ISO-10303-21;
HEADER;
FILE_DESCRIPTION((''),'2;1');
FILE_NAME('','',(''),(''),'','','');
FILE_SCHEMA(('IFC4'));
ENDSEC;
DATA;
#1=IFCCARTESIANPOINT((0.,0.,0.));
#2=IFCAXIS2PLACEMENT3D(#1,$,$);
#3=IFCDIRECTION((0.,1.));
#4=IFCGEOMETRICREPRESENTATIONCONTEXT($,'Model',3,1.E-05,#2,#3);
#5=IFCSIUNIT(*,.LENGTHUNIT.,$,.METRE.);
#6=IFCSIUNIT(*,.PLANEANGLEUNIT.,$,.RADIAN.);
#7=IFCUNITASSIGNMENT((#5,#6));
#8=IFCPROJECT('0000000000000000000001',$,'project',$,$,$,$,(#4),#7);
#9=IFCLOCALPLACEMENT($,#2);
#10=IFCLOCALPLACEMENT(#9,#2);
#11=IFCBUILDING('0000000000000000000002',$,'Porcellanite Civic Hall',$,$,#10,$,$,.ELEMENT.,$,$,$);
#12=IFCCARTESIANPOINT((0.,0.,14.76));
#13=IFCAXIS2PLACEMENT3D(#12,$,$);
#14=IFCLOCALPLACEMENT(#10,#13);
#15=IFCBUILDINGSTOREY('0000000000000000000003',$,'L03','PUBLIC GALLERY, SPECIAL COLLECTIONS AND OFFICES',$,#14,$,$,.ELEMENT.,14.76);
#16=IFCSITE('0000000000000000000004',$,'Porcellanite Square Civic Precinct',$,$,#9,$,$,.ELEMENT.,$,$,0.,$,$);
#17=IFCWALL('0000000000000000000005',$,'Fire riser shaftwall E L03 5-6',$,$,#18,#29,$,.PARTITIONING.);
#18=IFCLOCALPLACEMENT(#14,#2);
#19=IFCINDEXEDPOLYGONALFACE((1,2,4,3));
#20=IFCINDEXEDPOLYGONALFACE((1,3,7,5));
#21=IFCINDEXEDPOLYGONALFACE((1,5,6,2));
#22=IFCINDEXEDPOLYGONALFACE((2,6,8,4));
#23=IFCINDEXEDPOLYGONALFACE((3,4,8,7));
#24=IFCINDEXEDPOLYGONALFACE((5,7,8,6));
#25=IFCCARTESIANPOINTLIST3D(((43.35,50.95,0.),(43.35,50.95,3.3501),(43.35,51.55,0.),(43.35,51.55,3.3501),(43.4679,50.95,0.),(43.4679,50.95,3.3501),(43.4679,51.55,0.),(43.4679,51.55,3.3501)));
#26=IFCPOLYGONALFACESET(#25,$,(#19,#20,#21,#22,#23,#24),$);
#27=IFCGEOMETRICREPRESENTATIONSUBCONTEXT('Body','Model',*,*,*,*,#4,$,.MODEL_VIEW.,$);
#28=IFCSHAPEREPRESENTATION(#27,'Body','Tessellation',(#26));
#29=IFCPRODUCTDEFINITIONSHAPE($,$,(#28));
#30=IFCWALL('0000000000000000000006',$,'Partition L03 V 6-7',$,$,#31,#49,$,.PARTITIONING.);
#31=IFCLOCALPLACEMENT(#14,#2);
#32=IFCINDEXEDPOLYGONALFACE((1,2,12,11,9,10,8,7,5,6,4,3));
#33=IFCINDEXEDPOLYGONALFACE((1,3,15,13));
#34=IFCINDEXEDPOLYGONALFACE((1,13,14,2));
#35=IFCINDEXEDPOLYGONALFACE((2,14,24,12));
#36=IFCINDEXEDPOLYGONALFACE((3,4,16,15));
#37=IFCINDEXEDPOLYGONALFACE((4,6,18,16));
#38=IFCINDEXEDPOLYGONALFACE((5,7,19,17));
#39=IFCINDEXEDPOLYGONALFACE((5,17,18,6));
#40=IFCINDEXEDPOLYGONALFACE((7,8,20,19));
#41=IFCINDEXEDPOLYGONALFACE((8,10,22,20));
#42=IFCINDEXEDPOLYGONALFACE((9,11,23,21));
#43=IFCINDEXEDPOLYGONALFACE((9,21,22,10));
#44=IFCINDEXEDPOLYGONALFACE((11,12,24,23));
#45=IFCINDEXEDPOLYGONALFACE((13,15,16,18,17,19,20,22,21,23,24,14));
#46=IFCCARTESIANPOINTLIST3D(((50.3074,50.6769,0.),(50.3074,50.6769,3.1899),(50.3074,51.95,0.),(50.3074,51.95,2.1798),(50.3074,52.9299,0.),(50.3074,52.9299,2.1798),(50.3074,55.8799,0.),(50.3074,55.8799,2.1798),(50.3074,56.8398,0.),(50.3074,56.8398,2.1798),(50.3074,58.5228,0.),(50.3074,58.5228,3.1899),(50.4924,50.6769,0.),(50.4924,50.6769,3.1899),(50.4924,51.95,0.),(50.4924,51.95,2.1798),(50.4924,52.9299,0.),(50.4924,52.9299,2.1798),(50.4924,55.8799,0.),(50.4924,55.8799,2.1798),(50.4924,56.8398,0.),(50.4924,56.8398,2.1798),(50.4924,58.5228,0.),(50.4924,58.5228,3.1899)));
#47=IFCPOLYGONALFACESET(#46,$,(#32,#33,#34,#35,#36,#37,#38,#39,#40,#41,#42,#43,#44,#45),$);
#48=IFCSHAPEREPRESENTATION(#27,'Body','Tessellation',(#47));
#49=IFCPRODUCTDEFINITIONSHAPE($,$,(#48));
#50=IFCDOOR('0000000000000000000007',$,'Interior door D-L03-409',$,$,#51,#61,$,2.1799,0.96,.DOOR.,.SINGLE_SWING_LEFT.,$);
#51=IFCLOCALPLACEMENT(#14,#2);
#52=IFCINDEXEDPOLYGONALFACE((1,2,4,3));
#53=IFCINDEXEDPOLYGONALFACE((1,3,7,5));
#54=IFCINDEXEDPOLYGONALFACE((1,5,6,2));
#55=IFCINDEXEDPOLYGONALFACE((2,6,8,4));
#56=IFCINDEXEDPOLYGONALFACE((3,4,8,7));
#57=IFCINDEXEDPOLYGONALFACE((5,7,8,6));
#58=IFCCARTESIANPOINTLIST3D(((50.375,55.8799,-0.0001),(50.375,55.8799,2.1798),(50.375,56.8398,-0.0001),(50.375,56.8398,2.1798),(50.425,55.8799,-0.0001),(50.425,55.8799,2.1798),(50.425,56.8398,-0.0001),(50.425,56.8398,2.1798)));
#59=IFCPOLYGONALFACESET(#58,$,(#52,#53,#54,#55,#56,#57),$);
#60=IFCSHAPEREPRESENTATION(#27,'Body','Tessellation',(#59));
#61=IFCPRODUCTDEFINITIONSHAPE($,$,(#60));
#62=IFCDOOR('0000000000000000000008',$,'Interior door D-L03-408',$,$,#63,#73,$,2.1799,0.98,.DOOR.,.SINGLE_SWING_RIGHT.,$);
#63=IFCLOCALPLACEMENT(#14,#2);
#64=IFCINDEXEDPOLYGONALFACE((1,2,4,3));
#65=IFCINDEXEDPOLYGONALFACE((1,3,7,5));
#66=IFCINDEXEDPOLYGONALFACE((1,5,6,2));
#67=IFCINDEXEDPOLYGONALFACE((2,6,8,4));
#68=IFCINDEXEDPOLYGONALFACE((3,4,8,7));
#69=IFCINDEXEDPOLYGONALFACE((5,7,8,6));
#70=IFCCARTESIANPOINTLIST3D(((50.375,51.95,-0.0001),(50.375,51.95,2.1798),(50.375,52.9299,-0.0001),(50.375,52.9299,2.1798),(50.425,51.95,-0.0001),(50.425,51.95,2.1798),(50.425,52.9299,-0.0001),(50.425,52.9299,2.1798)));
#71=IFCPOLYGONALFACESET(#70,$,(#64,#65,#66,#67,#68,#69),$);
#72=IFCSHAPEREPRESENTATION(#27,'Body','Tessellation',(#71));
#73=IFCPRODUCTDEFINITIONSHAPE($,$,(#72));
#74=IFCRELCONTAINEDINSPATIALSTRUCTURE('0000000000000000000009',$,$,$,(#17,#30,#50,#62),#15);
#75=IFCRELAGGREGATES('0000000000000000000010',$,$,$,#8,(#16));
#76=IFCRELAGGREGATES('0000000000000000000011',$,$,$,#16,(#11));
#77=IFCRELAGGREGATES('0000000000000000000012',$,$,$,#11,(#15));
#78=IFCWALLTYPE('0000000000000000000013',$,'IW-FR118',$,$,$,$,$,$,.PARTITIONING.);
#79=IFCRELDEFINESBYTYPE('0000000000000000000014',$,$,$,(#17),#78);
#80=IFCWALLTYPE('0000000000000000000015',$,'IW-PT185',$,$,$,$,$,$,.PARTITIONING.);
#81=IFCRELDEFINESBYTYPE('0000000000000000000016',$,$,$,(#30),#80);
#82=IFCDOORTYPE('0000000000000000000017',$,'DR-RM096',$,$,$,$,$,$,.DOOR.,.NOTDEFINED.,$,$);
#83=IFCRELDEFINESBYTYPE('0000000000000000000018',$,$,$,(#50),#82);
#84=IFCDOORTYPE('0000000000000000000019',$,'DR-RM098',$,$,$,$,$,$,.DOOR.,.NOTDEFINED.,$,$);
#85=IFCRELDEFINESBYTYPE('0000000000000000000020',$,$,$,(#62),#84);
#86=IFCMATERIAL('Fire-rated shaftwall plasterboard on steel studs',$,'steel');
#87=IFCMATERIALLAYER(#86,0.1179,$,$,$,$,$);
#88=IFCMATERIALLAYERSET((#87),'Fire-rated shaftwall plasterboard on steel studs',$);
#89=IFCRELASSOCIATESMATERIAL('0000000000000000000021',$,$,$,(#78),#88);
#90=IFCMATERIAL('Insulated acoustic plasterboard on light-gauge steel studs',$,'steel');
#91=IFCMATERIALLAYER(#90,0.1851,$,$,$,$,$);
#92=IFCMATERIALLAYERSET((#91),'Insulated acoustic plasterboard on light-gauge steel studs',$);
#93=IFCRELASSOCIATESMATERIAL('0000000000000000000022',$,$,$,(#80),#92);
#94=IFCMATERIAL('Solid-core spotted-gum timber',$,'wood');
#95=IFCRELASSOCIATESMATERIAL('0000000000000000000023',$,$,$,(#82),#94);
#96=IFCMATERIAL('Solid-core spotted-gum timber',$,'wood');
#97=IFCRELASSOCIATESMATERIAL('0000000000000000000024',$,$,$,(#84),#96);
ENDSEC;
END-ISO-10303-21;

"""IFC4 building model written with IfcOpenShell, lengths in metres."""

from ifc_helpers import new_model, si_unit, direction, frame, frame_2d, origin, place, context, subcontext, project, spatial, rectangle, extrude, material, layer, layer_set, type_object, element, fill, save


model = new_model("IFC4")

# Units and contexts
model_context = context("Model", 3, precision=1e-05, world=origin(), true_north=direction((0.0, 1.0)))
body_context = subcontext(model_context, "Body", "Model", "MODEL_VIEW")
ifc_project = project(units=[si_unit("LENGTHUNIT", "METRE"), si_unit("PLANEANGLEUNIT", "RADIAN")], contexts=[model_context])

# Site, building, storey
site_placement = place(None, origin())
site = spatial("IfcSite", under=ifc_project, at=site_placement, Name="Porcellanite Square Civic Precinct", CompositionType="ELEMENT", RefElevation=0.0)
building_placement = place(site_placement, origin())
building = spatial("IfcBuilding", under=site, at=building_placement, Name="Porcellanite Civic Hall", CompositionType="ELEMENT")
storey_placement = place(building_placement, frame((0.0, 0.0, 14.76)))
storey = spatial("IfcBuildingStorey", under=building, at=storey_placement, Name="L03", Description="PUBLIC GALLERY, SPECIAL COLLECTIONS AND OFFICES", CompositionType="ELEMENT", Elevation=14.76)

# Wall
ifc_material_1 = material(Name="Fire-rated shaftwall plasterboard on steel studs", Category="steel")
ifc_layer_1 = layer(ifc_material_1, 0.1179)
ifc_layer_set_1 = layer_set([ifc_layer_1], Name="Fire-rated shaftwall plasterboard on steel studs")
wall_type_1 = type_object("IfcWallType", Name="IW-FR118", PredefinedType="PARTITIONING", material=ifc_layer_set_1)
wall_1_placement = place(storey_placement, frame((43.4089, 50.95, 0.0), z_axis=(0.0, 0.0, 1.0), x_axis=(0.0, 1.0, 0.0)))
element("IfcWall", 1, at=wall_1_placement, inside=storey, type_object=wall_type_1, Name="Fire riser shaftwall E L03 5-6", PredefinedType="PARTITIONING", context=body_context, shape_type="SweptSolid", body=[
    extrude(rectangle(XDim=0.6001, YDim=0.1179, at=frame_2d((0.3, 0.0))), origin(), (0.0, 0.0, 1.0), 3.3501),
])

# Wall, openings, doors
ifc_material_2 = material(Name="Insulated acoustic plasterboard on light-gauge steel studs", Category="steel")
ifc_layer_2 = layer(ifc_material_2, 0.1851)
ifc_layer_set_2 = layer_set([ifc_layer_2], Name="Insulated acoustic plasterboard on light-gauge steel studs")
wall_type_2 = type_object("IfcWallType", Name="IW-PT185", PredefinedType="PARTITIONING", material=ifc_layer_set_2)
wall_2_placement = place(storey_placement, frame((50.3999, 50.677, 0.0), z_axis=(0.0, 0.0, 1.0), x_axis=(0.0, 1.0, 0.0)))
wall_2 = element("IfcWall", 2, at=wall_2_placement, inside=storey, type_object=wall_type_2, Name="Partition L03 V 6-7", PredefinedType="PARTITIONING", context=body_context, shape_type="SweptSolid", body=[
    extrude(rectangle(XDim=7.8459, YDim=0.1851, at=frame_2d((3.9229, 0.0))), origin(), (0.0, 0.0, 1.0), 3.1899),
])
opening_1_placement = place(wall_2_placement, frame((1.2729, 0.0, 0.0)))
opening_1 = element("IfcOpeningElement", 3, at=opening_1_placement, cuts=wall_2, PredefinedType="OPENING", context=body_context, shape_type="SweptSolid", body=[
    extrude(rectangle(XDim=0.98, YDim=2.1799, at=frame_2d((0.49, 1.0898))), frame((0.0, 0.0925, 0.0), z_axis=(0.0, -1.0, 0.0), x_axis=(1.0, 0.0, 0.0)), (0.0, 0.0, 1.0), 0.1851),
])
opening_2_placement = place(wall_2_placement, frame((5.2029, 0.0, 0.0)))
opening_2 = element("IfcOpeningElement", 4, at=opening_2_placement, cuts=wall_2, PredefinedType="OPENING", context=body_context, shape_type="SweptSolid", body=[
    extrude(rectangle(XDim=0.96, YDim=2.1799, at=frame_2d((0.48, 1.0898))), frame((0.0, 0.0925, 0.0), z_axis=(0.0, -1.0, 0.0), x_axis=(1.0, 0.0, 0.0)), (0.0, 0.0, 1.0), 0.1851),
])
ifc_material_3 = material(Name="Solid-core spotted-gum timber", Category="wood")
door_type_1 = type_object("IfcDoorType", Name="DR-RM096", OperationType="NOTDEFINED", PredefinedType="DOOR", material=ifc_material_3)
door_1_placement = place(opening_2_placement, origin())
door_1 = element("IfcDoor", 5, at=door_1_placement, inside=storey, type_object=door_type_1, Name="Interior door D-L03-409", OperationType="SINGLE_SWING_LEFT", OverallHeight=2.1799, OverallWidth=0.96, PredefinedType="DOOR", context=body_context, shape_type="SweptSolid", body=[
    extrude(rectangle(XDim=0.96, YDim=2.1799, at=frame_2d((0.48, 1.0898))), frame((0.0, 0.0249, 0.0), z_axis=(0.0, -1.0, 0.0), x_axis=(1.0, 0.0, 0.0)), (0.0, 0.0, 1.0), 0.05),
])
fill(opening_2, door_1)
ifc_material_4 = material(Name="Solid-core spotted-gum timber", Category="wood")
door_type_2 = type_object("IfcDoorType", Name="DR-RM098", OperationType="NOTDEFINED", PredefinedType="DOOR", material=ifc_material_4)
door_2_placement = place(opening_1_placement, origin())
door_2 = element("IfcDoor", 6, at=door_2_placement, inside=storey, type_object=door_type_2, Name="Interior door D-L03-408", OperationType="SINGLE_SWING_RIGHT", OverallHeight=2.1799, OverallWidth=0.98, PredefinedType="DOOR", context=body_context, shape_type="SweptSolid", body=[
    extrude(rectangle(XDim=0.98, YDim=2.1799, at=frame_2d((0.49, 1.0898))), frame((0.0, 0.0249, 0.0), z_axis=(0.0, -1.0, 0.0), x_axis=(1.0, 0.0, 0.0)), (0.0, 0.0, 1.0), 0.05),
])
fill(opening_1, door_2)

save(model, "model.ifc")
